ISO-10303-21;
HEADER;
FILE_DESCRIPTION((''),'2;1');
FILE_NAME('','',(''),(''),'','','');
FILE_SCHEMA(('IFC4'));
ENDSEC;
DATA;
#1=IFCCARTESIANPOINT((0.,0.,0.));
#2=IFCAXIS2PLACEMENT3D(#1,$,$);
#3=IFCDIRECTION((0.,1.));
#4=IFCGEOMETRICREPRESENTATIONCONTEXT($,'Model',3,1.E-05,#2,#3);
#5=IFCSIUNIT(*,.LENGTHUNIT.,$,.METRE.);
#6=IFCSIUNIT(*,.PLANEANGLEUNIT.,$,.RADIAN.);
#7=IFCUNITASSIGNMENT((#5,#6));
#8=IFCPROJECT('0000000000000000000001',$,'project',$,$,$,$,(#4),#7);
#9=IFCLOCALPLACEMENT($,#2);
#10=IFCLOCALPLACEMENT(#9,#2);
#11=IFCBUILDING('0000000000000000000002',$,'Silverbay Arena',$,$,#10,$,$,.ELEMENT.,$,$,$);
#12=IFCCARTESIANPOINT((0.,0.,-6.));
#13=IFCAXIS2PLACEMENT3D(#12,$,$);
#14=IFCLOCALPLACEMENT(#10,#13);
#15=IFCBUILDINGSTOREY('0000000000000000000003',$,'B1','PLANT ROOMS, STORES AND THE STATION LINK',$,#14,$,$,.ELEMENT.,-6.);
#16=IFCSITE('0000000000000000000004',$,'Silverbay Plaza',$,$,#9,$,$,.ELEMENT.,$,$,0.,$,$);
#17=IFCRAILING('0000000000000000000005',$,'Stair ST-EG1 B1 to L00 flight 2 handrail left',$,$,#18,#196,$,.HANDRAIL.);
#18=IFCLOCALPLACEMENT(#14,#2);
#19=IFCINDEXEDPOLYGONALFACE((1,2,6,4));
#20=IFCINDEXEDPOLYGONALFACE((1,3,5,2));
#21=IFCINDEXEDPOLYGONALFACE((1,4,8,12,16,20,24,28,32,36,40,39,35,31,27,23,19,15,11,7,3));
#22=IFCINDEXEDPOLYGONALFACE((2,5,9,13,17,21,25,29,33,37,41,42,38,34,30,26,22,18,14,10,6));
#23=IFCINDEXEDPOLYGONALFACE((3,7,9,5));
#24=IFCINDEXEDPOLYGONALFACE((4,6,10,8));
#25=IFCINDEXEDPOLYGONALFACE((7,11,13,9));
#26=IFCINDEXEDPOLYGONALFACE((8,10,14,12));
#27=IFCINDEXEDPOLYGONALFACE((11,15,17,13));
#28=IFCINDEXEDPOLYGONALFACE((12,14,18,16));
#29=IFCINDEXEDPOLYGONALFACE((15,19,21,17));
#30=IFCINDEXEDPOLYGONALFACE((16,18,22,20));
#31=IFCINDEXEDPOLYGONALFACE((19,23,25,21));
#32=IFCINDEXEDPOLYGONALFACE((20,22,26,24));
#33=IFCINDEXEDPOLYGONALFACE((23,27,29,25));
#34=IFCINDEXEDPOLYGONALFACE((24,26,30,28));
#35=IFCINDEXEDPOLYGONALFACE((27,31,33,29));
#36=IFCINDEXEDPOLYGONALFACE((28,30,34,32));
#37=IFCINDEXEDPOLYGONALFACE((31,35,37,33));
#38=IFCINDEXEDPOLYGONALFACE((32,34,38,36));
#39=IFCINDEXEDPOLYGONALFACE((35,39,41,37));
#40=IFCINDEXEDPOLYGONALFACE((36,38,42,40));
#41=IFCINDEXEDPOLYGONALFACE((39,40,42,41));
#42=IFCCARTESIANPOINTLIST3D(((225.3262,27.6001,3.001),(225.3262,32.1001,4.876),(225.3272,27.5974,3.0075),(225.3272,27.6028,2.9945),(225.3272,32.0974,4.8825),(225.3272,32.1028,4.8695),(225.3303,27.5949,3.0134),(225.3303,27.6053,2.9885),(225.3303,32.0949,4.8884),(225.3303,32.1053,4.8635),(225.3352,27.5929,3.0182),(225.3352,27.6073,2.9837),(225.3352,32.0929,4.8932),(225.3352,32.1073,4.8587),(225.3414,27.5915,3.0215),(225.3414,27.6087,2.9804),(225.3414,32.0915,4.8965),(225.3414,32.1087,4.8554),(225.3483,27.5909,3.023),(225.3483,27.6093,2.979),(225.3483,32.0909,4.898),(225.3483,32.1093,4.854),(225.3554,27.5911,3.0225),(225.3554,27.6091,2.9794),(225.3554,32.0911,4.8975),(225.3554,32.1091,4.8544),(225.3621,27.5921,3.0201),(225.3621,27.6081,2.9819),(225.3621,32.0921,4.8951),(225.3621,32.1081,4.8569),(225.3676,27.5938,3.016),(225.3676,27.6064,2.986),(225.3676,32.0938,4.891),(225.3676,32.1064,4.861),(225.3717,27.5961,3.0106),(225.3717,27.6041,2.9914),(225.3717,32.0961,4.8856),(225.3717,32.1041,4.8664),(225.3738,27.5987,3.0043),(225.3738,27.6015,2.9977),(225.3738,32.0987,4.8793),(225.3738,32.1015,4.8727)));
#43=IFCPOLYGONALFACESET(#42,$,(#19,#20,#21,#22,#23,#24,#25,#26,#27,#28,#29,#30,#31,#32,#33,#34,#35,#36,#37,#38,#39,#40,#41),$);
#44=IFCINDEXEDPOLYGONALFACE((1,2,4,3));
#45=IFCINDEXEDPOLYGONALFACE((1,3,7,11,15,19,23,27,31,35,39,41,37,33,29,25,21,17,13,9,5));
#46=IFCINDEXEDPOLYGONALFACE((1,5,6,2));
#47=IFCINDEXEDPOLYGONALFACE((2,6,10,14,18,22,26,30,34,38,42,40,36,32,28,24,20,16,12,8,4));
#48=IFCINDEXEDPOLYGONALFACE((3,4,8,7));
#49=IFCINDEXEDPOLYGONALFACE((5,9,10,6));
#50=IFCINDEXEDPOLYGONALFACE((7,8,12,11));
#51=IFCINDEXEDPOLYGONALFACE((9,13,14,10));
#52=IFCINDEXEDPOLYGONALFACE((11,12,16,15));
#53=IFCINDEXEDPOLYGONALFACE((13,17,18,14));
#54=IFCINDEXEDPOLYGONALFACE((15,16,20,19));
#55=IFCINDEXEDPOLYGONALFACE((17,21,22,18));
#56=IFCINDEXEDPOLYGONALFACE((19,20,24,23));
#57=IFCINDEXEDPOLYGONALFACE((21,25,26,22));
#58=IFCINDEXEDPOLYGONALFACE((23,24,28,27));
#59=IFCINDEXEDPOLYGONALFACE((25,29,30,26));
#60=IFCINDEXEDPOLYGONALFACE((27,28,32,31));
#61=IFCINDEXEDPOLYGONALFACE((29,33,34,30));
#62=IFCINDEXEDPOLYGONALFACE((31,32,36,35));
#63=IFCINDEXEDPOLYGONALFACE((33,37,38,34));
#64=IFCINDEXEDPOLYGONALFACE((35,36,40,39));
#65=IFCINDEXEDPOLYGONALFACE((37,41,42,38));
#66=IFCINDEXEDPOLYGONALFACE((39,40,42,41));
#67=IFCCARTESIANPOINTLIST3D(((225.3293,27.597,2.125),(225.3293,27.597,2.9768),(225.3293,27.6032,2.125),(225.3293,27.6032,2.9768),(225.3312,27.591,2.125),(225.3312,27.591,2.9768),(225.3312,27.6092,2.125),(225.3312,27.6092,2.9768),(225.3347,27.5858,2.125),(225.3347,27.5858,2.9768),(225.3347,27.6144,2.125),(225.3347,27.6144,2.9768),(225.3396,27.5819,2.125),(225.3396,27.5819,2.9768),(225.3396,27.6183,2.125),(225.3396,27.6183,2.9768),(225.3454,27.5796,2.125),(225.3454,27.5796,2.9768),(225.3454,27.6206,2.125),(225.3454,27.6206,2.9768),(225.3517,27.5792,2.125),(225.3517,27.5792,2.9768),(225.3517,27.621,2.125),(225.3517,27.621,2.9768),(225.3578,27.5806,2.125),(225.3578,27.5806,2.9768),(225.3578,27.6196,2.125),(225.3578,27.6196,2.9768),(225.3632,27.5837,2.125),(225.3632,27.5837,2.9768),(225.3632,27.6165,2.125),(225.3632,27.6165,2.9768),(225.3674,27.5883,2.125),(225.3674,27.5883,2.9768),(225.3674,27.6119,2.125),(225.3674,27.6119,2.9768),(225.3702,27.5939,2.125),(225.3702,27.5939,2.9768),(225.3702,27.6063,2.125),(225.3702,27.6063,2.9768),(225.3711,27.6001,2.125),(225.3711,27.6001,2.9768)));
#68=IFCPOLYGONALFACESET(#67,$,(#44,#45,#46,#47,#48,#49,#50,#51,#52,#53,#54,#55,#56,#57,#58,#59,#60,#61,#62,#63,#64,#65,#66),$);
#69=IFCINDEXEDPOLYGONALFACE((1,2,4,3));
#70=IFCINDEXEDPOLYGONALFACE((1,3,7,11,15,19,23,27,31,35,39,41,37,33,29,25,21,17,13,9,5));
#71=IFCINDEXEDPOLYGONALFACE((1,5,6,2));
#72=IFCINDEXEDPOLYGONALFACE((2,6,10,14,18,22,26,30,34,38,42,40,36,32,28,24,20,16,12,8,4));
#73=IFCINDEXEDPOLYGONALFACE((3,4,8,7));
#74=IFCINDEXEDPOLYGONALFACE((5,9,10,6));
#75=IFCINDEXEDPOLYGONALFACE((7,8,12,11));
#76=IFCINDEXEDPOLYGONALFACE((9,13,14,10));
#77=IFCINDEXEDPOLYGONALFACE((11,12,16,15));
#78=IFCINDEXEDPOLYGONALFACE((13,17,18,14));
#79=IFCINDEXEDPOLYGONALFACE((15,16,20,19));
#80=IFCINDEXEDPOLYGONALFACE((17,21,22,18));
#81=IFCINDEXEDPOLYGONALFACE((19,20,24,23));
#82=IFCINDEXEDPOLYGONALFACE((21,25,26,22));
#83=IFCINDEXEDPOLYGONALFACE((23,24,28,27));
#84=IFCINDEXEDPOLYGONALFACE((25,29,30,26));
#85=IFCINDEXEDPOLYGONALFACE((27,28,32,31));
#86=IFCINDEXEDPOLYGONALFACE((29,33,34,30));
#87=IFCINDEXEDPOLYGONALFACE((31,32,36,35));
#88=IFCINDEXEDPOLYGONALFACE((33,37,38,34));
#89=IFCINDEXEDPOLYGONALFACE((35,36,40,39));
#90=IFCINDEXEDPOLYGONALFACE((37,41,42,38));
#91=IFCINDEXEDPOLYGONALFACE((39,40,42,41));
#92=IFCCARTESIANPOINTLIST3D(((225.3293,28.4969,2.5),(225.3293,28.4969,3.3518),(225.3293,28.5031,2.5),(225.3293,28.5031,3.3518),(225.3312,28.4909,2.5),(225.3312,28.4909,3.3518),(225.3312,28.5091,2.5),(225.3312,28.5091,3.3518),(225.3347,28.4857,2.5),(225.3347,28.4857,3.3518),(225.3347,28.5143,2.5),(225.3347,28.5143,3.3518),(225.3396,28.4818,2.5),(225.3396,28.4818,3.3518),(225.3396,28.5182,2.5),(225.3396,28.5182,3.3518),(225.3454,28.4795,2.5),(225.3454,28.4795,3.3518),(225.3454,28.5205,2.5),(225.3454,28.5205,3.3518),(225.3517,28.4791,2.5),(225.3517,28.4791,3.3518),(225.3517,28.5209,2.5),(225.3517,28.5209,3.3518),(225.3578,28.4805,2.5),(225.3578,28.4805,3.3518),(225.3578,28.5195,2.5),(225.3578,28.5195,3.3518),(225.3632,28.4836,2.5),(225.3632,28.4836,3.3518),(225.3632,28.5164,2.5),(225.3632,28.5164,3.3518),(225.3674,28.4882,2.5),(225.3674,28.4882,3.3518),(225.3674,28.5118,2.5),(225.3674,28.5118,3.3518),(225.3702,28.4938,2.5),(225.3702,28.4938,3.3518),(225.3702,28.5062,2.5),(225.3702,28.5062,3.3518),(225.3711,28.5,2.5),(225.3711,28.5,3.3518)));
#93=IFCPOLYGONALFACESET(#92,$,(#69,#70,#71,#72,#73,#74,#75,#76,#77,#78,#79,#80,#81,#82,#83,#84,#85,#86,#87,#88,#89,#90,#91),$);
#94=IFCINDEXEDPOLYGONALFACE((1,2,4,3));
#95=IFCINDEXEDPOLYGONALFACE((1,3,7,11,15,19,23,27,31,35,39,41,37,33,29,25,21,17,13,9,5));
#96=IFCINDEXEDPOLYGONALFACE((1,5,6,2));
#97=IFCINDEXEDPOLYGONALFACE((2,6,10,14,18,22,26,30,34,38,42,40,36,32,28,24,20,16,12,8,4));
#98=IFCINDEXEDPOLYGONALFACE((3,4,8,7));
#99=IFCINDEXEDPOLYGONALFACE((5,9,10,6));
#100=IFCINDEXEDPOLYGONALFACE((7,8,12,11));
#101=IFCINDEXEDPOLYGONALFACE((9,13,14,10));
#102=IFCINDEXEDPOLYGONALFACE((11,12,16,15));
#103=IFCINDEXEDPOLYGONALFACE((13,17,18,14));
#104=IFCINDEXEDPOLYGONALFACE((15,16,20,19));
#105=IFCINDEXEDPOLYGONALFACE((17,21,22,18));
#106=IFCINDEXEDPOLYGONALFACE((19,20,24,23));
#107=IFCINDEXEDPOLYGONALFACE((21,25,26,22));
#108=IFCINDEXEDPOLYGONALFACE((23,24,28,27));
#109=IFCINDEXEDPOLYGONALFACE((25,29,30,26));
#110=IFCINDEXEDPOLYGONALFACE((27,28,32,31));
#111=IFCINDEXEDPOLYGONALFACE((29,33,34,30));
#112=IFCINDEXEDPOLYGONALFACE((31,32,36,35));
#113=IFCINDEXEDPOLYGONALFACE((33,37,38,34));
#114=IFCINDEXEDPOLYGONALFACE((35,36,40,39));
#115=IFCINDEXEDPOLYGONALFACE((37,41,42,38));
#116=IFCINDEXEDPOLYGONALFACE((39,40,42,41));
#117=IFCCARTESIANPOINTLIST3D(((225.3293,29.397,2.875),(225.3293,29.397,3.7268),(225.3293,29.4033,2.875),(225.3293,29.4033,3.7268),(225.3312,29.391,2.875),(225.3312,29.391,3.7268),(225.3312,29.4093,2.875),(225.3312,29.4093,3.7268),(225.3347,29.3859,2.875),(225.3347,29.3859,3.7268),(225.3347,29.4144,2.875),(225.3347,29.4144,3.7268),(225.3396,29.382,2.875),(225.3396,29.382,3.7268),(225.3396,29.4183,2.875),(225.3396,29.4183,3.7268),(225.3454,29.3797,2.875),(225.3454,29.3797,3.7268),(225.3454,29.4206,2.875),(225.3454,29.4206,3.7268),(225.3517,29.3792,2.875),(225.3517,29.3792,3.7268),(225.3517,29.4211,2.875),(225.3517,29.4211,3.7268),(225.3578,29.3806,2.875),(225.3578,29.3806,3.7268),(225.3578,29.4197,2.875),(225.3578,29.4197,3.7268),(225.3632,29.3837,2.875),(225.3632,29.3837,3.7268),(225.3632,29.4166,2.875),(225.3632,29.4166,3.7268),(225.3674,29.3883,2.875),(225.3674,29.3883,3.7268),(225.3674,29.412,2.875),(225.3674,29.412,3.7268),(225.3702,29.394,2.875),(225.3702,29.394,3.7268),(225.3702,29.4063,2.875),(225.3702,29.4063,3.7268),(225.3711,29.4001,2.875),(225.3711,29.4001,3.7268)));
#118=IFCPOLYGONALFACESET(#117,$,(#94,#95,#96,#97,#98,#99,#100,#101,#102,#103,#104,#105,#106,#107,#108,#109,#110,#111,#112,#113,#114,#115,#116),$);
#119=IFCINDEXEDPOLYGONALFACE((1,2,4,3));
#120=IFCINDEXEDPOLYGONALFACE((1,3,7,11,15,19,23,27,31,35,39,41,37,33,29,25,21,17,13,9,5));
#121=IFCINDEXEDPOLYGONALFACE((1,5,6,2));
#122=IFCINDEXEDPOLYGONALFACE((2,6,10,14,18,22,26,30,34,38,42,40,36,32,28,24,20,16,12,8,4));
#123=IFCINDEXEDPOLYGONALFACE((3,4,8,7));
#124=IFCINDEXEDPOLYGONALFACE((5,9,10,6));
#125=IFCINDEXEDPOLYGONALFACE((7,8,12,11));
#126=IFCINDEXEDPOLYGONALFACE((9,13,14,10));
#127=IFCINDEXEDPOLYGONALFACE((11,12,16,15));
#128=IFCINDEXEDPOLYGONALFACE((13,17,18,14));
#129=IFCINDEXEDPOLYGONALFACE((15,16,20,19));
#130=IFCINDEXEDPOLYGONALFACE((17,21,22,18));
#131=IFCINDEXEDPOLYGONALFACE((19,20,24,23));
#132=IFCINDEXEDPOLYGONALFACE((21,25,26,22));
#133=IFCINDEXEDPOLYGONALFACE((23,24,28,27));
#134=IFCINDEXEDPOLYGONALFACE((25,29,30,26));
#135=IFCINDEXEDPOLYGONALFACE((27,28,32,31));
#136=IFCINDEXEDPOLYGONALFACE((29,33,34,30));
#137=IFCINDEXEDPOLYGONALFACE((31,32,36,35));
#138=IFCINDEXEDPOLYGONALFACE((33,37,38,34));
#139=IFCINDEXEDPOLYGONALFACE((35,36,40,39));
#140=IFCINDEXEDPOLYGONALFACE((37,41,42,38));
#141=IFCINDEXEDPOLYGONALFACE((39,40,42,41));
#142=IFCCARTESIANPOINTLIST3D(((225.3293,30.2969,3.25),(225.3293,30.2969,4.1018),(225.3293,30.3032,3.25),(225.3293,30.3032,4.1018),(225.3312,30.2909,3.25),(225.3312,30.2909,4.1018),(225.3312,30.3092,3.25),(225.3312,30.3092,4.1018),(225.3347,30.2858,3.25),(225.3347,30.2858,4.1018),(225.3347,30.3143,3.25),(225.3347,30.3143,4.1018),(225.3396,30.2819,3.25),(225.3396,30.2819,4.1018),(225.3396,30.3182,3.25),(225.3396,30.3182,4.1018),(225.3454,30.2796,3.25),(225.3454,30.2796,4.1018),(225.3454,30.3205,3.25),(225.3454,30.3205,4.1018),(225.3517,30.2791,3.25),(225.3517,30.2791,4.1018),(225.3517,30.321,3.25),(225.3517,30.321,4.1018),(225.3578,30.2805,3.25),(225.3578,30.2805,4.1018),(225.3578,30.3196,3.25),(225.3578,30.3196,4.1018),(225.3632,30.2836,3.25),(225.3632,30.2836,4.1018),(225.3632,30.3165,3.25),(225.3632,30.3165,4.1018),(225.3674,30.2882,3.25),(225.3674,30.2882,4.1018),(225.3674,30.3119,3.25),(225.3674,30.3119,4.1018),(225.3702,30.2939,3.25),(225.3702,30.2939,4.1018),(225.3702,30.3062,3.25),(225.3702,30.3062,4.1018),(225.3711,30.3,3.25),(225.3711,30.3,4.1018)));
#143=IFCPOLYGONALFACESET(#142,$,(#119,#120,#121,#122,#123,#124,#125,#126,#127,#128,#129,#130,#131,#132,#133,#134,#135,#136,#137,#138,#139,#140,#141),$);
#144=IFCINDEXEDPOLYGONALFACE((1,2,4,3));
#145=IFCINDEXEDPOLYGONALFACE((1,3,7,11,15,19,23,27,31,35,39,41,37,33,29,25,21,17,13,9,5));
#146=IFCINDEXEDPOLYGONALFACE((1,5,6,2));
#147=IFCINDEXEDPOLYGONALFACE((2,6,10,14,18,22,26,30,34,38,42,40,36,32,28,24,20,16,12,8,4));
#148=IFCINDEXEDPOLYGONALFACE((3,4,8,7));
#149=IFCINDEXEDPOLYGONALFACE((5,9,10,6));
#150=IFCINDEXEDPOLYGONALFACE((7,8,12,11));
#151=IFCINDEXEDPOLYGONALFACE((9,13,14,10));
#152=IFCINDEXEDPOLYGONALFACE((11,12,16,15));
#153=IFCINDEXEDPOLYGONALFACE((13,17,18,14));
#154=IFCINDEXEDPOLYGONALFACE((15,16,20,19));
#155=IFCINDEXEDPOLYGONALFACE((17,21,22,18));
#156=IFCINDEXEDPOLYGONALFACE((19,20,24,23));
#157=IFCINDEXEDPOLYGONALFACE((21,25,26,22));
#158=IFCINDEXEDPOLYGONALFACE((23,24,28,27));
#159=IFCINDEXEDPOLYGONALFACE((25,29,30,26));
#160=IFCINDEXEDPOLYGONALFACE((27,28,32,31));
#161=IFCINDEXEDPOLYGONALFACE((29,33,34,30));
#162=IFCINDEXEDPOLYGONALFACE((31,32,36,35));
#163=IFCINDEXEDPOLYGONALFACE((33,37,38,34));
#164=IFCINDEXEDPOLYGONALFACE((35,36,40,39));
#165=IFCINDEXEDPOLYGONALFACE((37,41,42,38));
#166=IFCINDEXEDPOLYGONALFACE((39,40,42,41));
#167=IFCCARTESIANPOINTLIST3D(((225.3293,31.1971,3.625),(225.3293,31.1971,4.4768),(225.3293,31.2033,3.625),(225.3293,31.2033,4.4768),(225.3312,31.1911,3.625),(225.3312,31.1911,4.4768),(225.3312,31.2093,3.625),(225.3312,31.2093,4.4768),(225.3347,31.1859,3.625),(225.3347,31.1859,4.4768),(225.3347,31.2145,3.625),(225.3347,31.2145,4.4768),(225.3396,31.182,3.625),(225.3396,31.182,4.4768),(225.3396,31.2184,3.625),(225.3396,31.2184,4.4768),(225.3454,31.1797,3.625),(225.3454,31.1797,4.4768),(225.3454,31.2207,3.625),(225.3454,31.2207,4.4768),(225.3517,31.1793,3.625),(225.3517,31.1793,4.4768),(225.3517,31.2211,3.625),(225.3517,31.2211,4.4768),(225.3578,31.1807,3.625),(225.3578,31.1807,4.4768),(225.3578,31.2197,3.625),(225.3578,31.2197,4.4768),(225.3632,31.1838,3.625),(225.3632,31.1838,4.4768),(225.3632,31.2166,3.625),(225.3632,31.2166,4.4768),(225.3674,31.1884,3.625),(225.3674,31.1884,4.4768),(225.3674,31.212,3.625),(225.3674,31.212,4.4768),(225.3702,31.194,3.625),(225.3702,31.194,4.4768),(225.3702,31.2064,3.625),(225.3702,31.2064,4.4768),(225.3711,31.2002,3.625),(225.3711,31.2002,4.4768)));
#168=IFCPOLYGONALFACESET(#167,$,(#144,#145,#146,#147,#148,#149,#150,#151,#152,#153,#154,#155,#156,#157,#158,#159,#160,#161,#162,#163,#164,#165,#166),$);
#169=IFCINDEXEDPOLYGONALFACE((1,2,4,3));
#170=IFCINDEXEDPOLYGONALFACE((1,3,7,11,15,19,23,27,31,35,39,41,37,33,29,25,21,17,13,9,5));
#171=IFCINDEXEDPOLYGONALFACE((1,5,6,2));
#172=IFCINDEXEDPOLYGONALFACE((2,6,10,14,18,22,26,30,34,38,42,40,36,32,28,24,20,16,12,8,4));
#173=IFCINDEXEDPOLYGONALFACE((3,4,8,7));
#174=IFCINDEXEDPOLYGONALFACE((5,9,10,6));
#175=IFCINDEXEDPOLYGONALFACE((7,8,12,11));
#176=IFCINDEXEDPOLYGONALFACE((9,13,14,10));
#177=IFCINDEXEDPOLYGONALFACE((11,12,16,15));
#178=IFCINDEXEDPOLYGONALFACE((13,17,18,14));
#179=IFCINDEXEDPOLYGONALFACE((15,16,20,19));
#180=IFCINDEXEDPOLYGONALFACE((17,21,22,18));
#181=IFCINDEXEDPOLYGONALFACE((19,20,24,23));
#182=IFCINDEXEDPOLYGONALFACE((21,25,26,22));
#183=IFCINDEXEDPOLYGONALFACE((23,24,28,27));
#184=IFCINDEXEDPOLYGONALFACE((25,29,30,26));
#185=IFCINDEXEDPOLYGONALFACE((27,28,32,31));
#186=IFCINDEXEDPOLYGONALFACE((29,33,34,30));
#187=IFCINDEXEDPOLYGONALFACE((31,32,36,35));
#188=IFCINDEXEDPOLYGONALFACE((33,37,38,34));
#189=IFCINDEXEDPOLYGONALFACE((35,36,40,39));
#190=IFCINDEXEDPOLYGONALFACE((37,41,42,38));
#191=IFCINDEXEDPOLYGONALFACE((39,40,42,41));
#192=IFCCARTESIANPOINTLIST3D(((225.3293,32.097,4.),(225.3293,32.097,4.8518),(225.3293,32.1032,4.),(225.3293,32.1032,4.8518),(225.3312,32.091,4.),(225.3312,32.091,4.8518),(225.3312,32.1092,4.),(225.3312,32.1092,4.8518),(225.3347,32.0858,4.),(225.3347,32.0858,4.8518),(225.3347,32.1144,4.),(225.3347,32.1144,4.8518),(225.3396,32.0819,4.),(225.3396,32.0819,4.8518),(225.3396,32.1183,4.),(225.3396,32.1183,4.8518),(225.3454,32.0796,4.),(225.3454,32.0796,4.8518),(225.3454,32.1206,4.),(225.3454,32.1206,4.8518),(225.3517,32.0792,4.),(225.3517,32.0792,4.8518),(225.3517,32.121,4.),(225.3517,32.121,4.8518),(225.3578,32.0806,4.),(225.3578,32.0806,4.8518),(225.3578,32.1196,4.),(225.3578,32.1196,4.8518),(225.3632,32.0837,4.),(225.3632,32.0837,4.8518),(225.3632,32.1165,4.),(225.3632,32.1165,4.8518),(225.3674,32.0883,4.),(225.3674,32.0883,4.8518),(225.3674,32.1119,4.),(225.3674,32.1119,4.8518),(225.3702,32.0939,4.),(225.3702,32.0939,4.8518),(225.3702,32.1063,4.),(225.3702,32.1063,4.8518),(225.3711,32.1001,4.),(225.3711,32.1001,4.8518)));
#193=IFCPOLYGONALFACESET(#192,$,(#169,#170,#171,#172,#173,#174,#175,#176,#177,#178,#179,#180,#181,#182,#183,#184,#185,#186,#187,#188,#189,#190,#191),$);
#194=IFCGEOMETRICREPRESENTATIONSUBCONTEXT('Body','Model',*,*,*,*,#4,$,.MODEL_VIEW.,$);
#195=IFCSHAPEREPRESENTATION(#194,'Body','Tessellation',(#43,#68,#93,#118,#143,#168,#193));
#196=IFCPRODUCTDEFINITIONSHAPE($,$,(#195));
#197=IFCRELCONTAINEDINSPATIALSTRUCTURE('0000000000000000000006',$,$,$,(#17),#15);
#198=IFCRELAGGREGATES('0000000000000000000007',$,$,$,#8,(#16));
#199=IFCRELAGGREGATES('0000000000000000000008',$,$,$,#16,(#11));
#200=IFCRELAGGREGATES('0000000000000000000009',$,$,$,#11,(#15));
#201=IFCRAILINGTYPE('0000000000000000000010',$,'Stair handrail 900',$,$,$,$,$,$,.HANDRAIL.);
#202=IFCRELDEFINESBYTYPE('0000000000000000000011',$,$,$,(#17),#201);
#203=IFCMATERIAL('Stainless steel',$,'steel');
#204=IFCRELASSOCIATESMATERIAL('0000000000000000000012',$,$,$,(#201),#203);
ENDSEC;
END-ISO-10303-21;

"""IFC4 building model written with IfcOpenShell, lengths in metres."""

from ifc_helpers import new_model, si_unit, direction, frame, origin, origin_2d, place, context, subcontext, project, spatial, circle, extrude, material, type_object, element, save


model = new_model("IFC4")

# Units and contexts
model_context = context("Model", 3, precision=1e-05, world=origin(), true_north=direction((0.0, 1.0)))
body_context = subcontext(model_context, "Body", "Model", "MODEL_VIEW")
ifc_project = project(units=[si_unit("LENGTHUNIT", "METRE"), si_unit("PLANEANGLEUNIT", "RADIAN")], contexts=[model_context])

# Site, building, storey
site_placement = place(None, origin())
site = spatial("IfcSite", under=ifc_project, at=site_placement, Name="Silverbay Plaza", CompositionType="ELEMENT", RefElevation=0.0)
building_placement = place(site_placement, origin())
building = spatial("IfcBuilding", under=site, at=building_placement, Name="Silverbay Arena", CompositionType="ELEMENT")
storey_placement = place(building_placement, frame((0.0, 0.0, -6.0)))
storey = spatial("IfcBuildingStorey", under=building, at=storey_placement, Name="B1", Description="PLANT ROOMS, STORES AND THE STATION LINK", CompositionType="ELEMENT", Elevation=-6.0)

# Railing
ifc_material_1 = material(Name="Stainless steel", Category="steel")
railing_type_1 = type_object("IfcRailingType", Name="Stair handrail 900", PredefinedType="HANDRAIL", material=ifc_material_1)
for number, where, name in (
    (1, (225.3501, 27.6001, 2.125), "Stair ST-EG1 B1 to L00 flight 2 handrail left"),
):
    element("IfcRailing", number, at=place(storey_placement, frame(where)), inside=storey, type_object=railing_type_1, Name=name, PredefinedType="HANDRAIL", context=body_context, shape_type="SweptSolid", body=[
        extrude(circle(Radius=0.0239, at=origin_2d()), frame((0.0, 0.0, 0.876), z_axis=(0.0, 0.923077, 0.384615), x_axis=(-1.0, 0.0, 0.0)), (0.0, 0.0, 1.0), 4.875),
        extrude(circle(Radius=0.021, at=origin_2d()), origin(), (0.0, 0.0, 1.0), 0.8518),
        extrude(circle(Radius=0.021, at=origin_2d()), frame((0.0, 0.8999, 0.375)), (0.0, 0.0, 1.0), 0.8518),
        extrude(circle(Radius=0.021, at=origin_2d()), frame((0.0, 1.8, 0.75)), (0.0, 0.0, 1.0), 0.8518),
        extrude(circle(Radius=0.021, at=origin_2d()), frame((0.0, 2.7, 1.125)), (0.0, 0.0, 1.0), 0.8518),
        extrude(circle(Radius=0.021, at=origin_2d()), frame((0.0, 3.6001, 1.5)), (0.0, 0.0, 1.0), 0.8518),
        extrude(circle(Radius=0.021, at=origin_2d()), frame((0.0, 4.5, 1.875)), (0.0, 0.0, 1.0), 0.8518),
    ])

save(model, "model.ifc")
